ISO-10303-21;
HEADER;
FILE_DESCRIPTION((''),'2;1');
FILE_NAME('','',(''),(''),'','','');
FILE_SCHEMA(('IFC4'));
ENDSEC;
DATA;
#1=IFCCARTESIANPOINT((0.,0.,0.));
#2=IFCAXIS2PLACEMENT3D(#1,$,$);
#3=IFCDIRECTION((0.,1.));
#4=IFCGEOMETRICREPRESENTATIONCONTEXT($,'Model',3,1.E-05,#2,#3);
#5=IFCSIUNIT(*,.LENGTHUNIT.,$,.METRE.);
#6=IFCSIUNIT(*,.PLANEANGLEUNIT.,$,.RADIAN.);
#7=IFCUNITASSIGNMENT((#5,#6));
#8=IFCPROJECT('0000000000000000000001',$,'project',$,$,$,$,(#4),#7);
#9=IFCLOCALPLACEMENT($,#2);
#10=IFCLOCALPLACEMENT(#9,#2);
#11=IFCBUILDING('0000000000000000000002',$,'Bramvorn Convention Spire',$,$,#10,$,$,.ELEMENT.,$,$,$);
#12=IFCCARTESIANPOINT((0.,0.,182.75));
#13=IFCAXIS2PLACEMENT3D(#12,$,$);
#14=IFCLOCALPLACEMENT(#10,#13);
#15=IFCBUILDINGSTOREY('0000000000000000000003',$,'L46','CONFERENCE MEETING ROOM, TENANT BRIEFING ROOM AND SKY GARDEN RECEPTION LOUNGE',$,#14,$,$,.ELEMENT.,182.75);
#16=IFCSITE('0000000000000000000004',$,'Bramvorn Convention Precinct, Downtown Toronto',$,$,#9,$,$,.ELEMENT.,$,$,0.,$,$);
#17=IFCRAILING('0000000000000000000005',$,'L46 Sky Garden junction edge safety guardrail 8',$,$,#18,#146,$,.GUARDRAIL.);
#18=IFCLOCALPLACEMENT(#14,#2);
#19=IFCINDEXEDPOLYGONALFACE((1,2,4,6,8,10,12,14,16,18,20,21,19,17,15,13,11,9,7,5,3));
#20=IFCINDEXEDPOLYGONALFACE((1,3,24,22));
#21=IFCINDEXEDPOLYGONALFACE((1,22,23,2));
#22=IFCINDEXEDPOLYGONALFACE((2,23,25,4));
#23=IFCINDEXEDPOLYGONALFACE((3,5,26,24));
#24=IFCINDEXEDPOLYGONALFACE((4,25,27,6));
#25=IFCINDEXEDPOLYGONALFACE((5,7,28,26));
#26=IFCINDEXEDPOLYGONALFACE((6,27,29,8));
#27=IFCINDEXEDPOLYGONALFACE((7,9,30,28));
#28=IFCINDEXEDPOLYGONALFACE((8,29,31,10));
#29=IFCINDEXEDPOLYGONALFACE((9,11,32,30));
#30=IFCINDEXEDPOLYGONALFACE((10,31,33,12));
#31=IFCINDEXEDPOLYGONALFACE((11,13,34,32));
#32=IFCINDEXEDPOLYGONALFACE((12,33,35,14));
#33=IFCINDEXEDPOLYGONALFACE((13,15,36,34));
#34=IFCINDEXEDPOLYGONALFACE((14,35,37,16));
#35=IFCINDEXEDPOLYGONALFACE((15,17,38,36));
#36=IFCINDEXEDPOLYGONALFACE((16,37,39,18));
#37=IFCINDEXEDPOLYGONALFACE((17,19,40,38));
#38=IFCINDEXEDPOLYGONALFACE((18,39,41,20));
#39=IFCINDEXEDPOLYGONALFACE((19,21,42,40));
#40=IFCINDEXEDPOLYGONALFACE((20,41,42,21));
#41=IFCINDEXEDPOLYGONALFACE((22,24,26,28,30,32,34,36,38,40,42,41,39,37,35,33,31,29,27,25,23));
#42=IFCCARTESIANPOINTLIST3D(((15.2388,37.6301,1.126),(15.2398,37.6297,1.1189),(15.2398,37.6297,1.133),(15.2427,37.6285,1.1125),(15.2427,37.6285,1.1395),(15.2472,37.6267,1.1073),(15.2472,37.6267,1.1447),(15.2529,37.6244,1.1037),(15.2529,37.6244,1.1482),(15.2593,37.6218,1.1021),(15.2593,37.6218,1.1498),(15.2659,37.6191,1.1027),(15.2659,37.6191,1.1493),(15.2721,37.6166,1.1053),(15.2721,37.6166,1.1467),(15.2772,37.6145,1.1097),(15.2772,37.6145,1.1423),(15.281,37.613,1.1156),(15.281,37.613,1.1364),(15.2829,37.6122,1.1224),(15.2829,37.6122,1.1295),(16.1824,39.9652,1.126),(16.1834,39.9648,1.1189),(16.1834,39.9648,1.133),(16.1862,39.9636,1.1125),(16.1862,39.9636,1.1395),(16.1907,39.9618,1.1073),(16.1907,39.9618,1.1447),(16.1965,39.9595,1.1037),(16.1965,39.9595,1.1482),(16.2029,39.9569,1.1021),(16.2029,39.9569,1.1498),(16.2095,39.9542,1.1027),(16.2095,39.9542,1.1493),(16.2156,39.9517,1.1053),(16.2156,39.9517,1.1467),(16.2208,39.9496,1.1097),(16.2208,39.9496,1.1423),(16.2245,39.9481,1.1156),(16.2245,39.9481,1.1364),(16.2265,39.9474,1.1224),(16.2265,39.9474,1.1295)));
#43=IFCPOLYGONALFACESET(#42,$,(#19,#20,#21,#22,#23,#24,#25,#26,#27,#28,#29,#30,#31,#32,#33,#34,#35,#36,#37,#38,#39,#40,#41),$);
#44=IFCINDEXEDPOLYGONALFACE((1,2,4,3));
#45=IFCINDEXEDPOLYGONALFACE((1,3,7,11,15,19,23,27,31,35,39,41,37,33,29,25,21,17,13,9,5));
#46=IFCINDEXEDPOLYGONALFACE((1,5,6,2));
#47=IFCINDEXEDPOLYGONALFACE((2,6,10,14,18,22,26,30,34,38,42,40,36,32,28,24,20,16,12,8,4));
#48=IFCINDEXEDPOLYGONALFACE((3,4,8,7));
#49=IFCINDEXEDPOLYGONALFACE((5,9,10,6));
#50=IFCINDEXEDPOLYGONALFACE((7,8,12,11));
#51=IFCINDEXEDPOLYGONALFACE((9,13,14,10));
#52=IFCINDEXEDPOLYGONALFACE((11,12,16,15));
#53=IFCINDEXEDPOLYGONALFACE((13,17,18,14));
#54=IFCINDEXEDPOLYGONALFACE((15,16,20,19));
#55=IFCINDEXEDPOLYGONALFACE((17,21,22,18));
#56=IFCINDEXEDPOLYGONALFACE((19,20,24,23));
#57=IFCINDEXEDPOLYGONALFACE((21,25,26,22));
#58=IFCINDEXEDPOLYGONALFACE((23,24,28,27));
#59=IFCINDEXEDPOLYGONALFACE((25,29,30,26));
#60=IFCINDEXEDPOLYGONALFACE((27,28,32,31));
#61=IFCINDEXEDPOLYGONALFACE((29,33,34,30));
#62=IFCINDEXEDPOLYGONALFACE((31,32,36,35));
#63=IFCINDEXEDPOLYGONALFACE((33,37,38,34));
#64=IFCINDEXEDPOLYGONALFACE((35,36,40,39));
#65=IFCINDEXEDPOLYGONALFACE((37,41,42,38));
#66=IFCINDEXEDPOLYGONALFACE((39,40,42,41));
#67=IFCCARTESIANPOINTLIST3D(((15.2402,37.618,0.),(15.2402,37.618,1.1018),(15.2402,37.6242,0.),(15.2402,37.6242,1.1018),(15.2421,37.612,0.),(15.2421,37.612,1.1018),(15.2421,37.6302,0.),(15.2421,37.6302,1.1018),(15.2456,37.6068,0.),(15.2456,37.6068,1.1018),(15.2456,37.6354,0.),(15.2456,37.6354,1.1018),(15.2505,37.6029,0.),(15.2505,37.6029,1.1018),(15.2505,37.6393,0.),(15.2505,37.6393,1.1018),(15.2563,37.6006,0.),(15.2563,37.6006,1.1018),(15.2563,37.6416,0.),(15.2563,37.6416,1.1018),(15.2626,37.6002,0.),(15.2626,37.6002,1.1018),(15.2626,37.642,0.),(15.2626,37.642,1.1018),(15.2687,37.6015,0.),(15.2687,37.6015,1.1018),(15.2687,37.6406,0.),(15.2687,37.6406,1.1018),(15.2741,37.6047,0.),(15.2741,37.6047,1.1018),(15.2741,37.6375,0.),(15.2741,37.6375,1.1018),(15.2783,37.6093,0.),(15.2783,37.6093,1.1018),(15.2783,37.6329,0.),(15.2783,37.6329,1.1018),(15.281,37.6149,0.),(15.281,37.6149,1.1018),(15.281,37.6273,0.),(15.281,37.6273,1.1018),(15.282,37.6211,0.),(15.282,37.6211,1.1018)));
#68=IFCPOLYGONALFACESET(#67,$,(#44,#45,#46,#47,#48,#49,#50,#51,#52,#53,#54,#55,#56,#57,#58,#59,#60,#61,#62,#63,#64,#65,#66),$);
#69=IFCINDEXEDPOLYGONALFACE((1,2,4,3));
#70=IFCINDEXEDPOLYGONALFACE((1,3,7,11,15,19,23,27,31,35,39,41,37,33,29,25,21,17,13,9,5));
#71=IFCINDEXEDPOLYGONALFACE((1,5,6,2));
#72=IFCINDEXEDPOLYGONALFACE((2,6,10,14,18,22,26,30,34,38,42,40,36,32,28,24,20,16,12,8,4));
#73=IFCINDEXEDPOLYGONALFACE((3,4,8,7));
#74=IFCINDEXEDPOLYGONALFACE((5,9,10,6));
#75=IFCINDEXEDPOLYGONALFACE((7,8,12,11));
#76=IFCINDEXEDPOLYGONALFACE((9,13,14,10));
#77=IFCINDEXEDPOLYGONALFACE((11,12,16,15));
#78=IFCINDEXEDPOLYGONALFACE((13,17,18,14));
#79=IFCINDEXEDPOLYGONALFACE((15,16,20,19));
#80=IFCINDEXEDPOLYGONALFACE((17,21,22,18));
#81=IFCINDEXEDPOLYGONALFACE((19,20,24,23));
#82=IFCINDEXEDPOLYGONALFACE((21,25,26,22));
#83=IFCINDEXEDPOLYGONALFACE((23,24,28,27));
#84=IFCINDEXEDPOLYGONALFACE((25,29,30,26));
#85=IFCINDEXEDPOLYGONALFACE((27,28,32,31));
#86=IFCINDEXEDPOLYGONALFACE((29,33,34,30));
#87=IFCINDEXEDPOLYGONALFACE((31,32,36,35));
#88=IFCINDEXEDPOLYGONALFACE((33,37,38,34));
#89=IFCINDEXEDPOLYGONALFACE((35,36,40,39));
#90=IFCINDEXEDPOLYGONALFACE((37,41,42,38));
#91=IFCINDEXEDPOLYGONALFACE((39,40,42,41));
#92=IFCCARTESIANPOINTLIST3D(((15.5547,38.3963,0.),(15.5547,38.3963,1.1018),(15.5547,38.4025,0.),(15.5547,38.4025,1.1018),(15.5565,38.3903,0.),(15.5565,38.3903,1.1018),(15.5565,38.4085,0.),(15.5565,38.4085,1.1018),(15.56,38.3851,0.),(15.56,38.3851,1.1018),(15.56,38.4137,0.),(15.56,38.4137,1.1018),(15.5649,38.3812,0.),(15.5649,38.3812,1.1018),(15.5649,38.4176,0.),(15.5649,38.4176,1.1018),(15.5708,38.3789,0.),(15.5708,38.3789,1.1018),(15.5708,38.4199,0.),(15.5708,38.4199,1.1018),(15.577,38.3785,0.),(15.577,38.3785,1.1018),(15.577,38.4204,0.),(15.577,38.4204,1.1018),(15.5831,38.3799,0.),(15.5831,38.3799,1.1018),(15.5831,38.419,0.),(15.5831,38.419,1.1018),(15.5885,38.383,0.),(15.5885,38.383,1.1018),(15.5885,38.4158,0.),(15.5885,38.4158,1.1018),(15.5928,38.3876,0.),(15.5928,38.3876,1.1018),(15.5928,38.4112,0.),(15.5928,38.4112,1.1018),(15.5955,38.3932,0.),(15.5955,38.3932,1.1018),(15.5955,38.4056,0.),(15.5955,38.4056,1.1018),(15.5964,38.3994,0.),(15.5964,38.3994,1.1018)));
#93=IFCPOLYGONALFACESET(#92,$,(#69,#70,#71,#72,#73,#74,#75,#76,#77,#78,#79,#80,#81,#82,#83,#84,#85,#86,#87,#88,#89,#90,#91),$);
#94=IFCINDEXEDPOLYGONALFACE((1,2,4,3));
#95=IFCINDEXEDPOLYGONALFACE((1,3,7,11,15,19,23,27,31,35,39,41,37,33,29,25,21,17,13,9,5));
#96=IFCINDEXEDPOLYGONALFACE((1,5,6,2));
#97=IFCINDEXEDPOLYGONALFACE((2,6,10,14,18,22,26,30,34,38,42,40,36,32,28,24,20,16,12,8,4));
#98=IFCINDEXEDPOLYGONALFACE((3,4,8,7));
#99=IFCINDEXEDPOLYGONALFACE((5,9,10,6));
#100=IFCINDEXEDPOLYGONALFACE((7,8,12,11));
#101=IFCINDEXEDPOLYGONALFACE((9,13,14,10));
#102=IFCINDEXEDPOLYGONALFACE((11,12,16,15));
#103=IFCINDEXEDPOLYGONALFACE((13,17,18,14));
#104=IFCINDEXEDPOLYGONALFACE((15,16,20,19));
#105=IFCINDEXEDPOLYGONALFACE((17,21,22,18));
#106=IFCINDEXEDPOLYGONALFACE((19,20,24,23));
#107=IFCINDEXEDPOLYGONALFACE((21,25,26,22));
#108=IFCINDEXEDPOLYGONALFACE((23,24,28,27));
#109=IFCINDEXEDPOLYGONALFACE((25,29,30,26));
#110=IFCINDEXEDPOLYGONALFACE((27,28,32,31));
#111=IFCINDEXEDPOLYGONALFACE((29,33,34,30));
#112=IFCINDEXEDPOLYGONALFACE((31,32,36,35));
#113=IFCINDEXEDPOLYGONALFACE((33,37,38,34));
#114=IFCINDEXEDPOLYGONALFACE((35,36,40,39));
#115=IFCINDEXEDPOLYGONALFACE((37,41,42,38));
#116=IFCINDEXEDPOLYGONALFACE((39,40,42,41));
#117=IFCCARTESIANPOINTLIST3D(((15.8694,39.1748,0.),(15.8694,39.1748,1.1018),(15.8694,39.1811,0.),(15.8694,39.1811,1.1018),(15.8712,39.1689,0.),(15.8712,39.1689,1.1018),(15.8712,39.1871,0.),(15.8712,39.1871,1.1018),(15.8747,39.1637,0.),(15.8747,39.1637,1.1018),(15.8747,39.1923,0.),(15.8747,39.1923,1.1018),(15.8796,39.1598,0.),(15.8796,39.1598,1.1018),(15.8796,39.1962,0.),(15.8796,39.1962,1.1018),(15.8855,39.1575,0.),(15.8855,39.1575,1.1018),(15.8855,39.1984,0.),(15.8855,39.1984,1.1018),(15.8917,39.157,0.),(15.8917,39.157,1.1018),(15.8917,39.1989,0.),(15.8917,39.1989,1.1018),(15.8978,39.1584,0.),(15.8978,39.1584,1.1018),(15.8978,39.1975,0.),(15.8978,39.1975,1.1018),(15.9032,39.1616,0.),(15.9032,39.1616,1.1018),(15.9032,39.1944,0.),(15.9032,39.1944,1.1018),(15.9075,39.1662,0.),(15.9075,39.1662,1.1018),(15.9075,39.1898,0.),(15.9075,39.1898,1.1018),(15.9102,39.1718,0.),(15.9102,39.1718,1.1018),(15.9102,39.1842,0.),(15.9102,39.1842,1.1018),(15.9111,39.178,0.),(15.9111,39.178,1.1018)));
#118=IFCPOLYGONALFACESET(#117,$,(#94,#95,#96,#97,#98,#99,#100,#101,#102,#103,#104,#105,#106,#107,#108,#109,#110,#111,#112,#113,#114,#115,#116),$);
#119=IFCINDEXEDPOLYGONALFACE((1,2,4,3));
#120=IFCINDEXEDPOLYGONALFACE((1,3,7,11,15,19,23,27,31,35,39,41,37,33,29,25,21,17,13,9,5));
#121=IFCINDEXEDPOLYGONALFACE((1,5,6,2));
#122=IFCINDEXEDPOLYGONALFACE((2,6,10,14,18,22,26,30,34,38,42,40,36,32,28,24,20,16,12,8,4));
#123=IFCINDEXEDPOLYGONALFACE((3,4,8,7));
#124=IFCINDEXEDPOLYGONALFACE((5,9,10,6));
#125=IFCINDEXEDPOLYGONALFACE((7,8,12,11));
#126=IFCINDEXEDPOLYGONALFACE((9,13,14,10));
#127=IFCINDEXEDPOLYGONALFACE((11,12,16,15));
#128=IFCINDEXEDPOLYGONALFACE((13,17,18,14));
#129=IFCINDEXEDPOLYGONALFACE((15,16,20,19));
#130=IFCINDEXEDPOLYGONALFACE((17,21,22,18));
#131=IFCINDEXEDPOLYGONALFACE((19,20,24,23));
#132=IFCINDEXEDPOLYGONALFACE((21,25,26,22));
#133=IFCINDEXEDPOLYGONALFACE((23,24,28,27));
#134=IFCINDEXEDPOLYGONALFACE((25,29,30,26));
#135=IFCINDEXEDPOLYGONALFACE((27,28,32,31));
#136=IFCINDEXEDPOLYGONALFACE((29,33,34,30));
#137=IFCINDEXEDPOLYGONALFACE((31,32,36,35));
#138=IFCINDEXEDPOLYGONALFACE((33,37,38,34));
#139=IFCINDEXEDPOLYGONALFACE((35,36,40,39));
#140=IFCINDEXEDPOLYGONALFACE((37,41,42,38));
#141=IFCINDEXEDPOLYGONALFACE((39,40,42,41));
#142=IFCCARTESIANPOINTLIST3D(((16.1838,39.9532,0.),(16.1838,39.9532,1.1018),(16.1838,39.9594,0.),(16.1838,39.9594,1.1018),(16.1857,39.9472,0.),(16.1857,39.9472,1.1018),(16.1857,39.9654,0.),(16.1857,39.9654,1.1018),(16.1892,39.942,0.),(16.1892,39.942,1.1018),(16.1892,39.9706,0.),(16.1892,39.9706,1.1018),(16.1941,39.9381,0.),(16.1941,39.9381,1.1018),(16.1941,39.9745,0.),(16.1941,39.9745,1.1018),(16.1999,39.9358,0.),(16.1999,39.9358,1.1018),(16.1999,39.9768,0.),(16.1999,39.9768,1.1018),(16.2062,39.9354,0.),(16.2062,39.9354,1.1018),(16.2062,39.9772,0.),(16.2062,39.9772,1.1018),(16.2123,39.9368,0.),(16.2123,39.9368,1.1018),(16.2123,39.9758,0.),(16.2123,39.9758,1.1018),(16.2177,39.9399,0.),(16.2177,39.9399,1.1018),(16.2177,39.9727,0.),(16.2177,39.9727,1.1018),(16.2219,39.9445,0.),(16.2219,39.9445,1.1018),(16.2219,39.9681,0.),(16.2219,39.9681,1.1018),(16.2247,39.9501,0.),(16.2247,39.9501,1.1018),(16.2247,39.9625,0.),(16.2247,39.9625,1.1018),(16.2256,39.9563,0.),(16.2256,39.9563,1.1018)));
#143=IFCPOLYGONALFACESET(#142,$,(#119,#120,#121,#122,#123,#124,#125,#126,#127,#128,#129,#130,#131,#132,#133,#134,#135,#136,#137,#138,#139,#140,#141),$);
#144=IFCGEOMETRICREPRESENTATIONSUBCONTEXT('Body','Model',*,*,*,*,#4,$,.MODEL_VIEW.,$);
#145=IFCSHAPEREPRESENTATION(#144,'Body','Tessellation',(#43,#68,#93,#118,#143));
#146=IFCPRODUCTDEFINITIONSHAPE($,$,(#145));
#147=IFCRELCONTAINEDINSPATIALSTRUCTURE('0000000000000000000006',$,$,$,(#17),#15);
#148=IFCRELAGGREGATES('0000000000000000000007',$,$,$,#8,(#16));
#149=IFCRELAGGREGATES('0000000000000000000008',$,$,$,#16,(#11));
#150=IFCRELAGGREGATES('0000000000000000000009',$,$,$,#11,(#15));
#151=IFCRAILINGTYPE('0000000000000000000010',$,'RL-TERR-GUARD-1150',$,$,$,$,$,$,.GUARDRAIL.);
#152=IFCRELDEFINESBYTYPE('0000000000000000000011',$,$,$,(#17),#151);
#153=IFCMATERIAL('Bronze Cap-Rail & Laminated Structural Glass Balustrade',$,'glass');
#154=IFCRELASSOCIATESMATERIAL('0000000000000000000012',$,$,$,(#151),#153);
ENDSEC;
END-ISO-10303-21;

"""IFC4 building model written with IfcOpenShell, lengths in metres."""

from ifc_helpers import new_model, si_unit, direction, frame, origin, origin_2d, place, context, subcontext, project, spatial, circle, extrude, material, type_object, element, save


model = new_model("IFC4")

# Units and contexts
model_context = context("Model", 3, precision=1e-05, world=origin(), true_north=direction((0.0, 1.0)))
body_context = subcontext(model_context, "Body", "Model", "MODEL_VIEW")
ifc_project = project(units=[si_unit("LENGTHUNIT", "METRE"), si_unit("PLANEANGLEUNIT", "RADIAN")], contexts=[model_context])

# Site, building, storey
site_placement = place(None, origin())
site = spatial("IfcSite", under=ifc_project, at=site_placement, Name="Bramvorn Convention Precinct, Downtown Toronto", CompositionType="ELEMENT", RefElevation=0.0)
building_placement = place(site_placement, origin())
building = spatial("IfcBuilding", under=site, at=building_placement, Name="Bramvorn Convention Spire", CompositionType="ELEMENT")
storey_placement = place(building_placement, frame((0.0, 0.0, 182.75)))
storey = spatial("IfcBuildingStorey", under=building, at=storey_placement, Name="L46", Description="CONFERENCE MEETING ROOM, TENANT BRIEFING ROOM AND SKY GARDEN RECEPTION LOUNGE", CompositionType="ELEMENT", Elevation=182.75)

# Railing
ifc_material_1 = material(Name="Bronze Cap-Rail & Laminated Structural Glass Balustrade", Category="glass")
railing_type = type_object("IfcRailingType", Name="RL-TERR-GUARD-1150", PredefinedType="GUARDRAIL", material=ifc_material_1)
railing_1_placement = place(storey_placement, frame((15.261, 37.6211, 0.0)))
element("IfcRailing", 1, at=railing_1_placement, inside=storey, type_object=railing_type, Name="L46 Sky Garden junction edge safety guardrail 8", PredefinedType="GUARDRAIL", context=body_context, shape_type="SweptSolid", body=[
    extrude(circle(Radius=0.0239, at=origin_2d()), frame((0.0, 0.0, 1.126), z_axis=(0.374647, 0.927167, 0.0), x_axis=(-0.927167, 0.374647, 0.0)), (0.0, 0.0, 1.0), 2.5186),
    extrude(circle(Radius=0.021, at=origin_2d()), origin(), (0.0, 0.0, 1.0), 1.1018),
    extrude(circle(Radius=0.021, at=origin_2d()), frame((0.3145, 0.7783, 0.0)), (0.0, 0.0, 1.0), 1.1018),
    extrude(circle(Radius=0.021, at=origin_2d()), frame((0.6292, 1.5569, 0.0)), (0.0, 0.0, 1.0), 1.1018),
    extrude(circle(Radius=0.021, at=origin_2d()), frame((0.9436, 2.3352, 0.0)), (0.0, 0.0, 1.0), 1.1018),
])

save(model, "model.ifc")
